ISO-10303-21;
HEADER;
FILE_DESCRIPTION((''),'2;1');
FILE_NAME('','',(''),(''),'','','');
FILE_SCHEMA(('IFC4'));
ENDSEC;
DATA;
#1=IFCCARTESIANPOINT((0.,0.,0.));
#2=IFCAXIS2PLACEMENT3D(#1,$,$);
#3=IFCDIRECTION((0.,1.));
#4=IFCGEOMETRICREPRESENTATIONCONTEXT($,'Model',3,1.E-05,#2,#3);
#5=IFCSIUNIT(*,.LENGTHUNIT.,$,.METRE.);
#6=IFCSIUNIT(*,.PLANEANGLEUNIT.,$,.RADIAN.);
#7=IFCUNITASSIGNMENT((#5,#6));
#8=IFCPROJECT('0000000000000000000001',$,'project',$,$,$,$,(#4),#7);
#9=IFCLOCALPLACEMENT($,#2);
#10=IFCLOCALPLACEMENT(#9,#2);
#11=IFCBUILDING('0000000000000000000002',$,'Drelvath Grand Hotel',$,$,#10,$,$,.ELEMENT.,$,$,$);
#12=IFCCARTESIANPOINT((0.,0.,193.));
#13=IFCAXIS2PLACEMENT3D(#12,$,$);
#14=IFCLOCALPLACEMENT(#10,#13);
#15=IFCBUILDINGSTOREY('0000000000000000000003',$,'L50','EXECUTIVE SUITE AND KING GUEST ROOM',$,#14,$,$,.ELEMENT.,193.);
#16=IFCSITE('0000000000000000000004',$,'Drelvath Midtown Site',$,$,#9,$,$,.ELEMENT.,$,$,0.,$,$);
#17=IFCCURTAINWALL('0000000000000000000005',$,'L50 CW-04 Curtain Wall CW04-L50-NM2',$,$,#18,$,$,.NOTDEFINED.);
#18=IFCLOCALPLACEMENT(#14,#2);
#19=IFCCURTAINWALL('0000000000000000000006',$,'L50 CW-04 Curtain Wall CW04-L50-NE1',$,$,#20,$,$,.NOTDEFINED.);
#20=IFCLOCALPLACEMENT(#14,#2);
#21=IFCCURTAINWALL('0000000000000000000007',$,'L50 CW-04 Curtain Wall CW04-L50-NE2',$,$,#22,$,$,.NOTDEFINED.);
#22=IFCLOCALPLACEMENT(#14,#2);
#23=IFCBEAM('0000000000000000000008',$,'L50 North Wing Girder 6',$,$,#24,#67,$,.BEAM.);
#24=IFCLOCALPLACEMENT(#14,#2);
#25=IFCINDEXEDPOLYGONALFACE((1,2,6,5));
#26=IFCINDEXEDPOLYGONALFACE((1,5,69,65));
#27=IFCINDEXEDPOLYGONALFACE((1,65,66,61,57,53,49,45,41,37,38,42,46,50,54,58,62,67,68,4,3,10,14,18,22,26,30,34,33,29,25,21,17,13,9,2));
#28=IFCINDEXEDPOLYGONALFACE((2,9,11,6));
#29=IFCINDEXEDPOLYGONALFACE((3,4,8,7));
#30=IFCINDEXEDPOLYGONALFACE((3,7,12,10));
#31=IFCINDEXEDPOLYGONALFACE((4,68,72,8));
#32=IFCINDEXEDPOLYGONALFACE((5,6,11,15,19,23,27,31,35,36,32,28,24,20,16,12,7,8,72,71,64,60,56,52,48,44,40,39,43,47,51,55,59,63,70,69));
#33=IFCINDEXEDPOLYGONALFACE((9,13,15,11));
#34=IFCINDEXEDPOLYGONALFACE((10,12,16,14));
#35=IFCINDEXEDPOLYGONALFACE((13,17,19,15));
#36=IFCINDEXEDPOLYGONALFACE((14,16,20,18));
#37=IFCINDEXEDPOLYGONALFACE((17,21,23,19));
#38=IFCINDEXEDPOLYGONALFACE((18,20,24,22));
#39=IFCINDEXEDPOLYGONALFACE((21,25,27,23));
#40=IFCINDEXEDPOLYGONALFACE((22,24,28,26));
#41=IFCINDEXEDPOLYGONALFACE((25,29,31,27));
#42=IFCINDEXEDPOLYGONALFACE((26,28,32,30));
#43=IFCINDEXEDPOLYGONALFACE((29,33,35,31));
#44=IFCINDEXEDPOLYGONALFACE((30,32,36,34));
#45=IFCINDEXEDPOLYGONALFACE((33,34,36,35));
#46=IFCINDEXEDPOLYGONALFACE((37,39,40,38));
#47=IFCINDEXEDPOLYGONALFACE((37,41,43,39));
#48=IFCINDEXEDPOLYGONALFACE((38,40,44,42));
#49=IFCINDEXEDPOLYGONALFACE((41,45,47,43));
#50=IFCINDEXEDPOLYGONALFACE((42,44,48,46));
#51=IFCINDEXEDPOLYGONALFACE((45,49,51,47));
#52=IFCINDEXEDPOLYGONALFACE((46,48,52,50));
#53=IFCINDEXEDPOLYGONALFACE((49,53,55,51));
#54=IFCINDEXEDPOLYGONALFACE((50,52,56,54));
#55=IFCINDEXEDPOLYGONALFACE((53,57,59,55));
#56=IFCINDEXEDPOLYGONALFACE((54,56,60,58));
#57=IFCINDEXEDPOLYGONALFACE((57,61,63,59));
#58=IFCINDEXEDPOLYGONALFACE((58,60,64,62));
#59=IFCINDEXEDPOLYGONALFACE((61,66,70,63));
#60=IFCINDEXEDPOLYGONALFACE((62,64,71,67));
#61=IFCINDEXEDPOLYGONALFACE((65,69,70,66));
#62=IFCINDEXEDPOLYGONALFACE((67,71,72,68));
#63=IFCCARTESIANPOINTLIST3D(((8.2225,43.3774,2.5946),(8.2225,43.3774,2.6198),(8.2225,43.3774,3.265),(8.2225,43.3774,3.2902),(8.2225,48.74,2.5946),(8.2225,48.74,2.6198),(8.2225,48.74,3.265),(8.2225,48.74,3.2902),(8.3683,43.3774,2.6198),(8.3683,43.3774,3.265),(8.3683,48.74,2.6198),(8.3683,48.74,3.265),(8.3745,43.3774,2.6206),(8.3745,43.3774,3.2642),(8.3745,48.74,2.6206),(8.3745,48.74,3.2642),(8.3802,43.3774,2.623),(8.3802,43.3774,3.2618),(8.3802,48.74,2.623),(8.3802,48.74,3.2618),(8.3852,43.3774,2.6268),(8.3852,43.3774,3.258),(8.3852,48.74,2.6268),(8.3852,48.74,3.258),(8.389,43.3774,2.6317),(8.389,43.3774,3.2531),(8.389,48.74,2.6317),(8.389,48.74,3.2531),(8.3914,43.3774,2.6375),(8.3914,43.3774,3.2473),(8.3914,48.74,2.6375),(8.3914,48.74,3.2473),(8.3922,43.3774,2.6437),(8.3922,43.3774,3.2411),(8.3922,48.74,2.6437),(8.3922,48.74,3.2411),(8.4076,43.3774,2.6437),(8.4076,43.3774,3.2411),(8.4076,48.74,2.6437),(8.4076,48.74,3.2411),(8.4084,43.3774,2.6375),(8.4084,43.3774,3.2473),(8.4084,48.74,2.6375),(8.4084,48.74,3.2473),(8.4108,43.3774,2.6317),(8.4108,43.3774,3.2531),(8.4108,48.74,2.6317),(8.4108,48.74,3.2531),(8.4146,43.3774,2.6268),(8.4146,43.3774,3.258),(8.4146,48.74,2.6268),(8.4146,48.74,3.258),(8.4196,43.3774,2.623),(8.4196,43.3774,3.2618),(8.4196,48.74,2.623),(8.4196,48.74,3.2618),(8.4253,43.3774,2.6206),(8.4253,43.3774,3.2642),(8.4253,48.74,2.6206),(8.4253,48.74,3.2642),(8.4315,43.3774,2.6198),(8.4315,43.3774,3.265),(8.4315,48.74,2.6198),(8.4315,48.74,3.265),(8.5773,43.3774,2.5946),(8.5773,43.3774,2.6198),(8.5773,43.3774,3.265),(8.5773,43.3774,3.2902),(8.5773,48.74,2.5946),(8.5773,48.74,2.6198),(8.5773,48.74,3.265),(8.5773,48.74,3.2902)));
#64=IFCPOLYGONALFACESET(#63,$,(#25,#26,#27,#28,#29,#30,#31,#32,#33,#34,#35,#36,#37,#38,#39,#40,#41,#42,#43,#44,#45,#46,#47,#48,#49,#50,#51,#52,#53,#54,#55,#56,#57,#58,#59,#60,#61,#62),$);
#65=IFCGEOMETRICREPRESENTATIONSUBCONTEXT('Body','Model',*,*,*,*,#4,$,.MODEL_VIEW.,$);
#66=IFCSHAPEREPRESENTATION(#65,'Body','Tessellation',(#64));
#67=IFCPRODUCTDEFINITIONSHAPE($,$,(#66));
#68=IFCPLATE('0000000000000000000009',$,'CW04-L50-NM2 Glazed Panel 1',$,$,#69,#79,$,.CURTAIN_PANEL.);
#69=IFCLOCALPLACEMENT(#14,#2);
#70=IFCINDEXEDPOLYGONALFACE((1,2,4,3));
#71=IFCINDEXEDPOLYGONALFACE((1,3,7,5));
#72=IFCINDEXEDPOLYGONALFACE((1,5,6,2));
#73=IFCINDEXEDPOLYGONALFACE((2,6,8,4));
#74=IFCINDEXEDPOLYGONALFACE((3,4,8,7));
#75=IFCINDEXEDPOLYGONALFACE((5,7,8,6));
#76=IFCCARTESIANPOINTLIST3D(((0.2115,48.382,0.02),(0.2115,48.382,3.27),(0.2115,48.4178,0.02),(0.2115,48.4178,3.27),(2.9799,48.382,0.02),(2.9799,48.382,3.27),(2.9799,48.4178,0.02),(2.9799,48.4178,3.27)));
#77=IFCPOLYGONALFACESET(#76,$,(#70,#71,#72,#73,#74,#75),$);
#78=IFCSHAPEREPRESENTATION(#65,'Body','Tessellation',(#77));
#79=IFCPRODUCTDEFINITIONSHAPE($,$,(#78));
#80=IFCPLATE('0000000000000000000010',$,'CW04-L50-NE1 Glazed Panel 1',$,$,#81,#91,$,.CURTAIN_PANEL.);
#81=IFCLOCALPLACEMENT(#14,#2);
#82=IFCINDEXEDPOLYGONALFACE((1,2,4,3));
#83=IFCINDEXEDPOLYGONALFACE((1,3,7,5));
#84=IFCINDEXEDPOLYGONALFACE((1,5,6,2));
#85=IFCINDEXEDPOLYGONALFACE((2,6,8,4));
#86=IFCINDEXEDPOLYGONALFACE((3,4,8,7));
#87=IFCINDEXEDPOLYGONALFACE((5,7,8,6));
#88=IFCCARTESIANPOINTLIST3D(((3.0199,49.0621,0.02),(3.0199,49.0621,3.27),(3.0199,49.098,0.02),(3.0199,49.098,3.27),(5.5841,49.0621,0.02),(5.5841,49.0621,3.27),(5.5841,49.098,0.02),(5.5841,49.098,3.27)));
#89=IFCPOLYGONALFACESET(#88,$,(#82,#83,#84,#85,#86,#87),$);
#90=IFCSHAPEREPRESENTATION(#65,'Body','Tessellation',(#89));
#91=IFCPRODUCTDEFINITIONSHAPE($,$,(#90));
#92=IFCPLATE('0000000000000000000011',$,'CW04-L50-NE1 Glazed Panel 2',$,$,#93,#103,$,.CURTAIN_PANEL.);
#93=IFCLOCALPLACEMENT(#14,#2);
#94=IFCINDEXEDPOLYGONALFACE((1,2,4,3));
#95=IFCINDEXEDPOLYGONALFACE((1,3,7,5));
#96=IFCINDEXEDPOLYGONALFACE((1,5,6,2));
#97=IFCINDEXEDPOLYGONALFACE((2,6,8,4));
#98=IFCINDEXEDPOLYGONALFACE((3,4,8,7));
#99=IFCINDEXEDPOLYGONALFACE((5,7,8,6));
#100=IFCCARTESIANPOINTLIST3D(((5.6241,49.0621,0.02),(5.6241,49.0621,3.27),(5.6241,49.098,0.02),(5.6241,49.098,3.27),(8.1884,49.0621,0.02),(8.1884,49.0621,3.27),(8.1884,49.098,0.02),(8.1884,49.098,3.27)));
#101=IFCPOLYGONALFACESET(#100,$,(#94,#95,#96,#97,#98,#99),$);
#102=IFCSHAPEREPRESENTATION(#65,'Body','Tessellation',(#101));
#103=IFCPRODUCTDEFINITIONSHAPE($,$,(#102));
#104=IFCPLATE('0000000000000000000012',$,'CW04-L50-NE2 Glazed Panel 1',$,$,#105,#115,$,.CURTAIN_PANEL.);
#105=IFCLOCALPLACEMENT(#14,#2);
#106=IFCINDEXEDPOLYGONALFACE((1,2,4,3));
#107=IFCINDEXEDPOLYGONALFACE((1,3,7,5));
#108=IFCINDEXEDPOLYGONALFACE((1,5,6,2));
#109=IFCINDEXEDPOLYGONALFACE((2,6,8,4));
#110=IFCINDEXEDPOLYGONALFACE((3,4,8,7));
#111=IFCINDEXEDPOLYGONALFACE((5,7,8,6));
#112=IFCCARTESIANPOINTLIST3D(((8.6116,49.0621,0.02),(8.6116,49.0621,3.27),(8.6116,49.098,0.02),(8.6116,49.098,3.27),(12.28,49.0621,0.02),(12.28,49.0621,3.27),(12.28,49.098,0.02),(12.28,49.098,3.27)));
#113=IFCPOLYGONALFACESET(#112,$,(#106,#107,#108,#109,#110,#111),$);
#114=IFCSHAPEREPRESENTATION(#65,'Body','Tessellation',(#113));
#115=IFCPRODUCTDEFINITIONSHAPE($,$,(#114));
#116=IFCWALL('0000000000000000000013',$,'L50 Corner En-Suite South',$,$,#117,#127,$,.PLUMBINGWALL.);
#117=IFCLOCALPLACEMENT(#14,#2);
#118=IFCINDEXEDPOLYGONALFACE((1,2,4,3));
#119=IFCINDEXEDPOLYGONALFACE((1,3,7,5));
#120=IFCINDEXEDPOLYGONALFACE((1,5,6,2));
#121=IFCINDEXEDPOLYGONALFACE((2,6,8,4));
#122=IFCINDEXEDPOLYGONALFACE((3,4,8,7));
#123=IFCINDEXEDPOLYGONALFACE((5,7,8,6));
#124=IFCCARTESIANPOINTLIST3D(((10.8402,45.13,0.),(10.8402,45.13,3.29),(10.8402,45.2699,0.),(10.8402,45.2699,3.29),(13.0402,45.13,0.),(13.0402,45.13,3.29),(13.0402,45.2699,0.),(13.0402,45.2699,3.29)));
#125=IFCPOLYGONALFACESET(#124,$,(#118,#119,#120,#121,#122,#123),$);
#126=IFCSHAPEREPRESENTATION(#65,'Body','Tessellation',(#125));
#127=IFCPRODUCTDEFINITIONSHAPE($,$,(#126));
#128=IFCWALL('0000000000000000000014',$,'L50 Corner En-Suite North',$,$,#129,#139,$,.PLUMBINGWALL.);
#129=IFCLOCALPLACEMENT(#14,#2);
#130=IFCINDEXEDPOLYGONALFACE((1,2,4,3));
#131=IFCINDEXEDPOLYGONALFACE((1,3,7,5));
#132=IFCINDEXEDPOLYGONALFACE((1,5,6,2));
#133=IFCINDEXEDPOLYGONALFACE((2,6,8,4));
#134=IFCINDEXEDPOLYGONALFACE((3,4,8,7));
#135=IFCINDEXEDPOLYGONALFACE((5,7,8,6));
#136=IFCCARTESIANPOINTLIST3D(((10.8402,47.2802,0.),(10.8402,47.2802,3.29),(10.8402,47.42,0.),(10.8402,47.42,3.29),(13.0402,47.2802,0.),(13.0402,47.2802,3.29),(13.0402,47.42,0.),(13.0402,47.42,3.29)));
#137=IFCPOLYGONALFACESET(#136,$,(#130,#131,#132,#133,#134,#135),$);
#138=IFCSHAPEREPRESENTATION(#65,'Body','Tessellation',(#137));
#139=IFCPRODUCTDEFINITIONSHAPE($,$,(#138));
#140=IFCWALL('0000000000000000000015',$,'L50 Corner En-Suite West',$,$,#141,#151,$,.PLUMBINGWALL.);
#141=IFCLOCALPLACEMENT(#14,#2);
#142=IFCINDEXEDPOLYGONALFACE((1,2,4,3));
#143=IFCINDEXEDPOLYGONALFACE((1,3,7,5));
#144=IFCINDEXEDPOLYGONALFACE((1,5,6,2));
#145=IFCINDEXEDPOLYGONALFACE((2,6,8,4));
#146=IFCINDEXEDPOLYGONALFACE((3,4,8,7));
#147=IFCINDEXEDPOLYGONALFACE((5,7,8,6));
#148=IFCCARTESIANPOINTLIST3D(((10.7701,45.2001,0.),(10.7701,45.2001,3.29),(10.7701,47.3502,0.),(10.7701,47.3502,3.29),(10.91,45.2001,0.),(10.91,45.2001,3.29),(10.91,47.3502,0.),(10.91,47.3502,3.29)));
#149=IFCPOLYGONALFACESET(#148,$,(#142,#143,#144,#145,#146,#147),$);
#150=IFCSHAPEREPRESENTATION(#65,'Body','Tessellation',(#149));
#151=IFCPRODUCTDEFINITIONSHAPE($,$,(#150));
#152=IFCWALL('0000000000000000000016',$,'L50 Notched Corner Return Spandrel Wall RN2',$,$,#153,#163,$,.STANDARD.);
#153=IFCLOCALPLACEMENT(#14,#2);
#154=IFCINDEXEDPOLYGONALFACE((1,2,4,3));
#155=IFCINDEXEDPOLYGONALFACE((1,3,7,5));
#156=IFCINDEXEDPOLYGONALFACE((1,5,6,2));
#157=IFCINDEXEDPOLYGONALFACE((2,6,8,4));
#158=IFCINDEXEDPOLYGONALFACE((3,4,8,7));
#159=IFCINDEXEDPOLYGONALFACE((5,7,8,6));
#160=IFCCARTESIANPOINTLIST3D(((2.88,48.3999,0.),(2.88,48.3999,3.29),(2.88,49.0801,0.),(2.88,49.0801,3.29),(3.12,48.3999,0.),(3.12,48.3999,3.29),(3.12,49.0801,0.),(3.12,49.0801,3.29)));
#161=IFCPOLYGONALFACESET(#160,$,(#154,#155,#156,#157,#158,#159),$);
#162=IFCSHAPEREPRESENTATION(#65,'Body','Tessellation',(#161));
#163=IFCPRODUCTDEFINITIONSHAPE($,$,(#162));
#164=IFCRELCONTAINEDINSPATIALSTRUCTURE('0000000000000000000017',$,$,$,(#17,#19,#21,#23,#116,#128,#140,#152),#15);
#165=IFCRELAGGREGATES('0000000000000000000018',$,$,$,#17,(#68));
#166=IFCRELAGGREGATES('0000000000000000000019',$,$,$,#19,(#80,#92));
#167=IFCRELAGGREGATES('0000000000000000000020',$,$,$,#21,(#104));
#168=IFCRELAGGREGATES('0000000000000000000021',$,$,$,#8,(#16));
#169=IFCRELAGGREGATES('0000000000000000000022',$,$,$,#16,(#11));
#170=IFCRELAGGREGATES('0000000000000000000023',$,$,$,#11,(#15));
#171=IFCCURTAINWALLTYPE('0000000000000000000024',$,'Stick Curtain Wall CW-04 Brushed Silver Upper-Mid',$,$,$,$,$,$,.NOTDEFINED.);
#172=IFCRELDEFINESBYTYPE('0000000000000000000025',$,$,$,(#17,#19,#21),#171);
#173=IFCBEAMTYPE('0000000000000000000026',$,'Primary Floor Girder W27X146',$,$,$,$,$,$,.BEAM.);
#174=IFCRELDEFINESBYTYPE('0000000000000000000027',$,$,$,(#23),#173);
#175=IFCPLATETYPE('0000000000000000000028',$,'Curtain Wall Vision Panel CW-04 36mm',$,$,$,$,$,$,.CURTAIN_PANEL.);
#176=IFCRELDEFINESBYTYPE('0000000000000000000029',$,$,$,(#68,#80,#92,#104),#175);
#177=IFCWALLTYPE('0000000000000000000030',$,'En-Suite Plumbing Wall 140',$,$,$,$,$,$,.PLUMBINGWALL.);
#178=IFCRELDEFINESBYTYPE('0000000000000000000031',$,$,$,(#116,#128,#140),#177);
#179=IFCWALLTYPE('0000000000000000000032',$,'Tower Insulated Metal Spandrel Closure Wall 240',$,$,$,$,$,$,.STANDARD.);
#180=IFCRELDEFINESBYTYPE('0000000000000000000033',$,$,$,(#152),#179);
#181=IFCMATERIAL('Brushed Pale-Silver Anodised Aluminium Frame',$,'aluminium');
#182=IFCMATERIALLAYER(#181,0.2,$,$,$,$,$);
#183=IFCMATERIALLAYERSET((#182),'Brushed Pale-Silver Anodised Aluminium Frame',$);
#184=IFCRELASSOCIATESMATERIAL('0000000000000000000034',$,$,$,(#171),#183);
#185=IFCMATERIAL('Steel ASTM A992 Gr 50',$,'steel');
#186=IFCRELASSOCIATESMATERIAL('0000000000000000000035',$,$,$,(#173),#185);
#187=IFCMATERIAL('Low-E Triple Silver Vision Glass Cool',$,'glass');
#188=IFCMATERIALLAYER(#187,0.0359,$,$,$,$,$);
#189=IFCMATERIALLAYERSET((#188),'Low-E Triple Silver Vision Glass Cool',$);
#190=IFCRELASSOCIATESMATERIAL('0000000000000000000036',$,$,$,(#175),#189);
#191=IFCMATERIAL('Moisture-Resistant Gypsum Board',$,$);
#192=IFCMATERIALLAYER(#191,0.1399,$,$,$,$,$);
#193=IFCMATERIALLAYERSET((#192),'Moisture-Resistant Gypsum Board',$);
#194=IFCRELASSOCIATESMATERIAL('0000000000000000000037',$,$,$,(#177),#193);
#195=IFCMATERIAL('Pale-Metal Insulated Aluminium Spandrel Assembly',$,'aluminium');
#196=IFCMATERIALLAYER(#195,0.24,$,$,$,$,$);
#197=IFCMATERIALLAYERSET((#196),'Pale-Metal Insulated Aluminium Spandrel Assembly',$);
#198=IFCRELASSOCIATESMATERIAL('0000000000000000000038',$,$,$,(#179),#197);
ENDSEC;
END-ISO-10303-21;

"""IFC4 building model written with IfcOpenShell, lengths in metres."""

from ifc_helpers import new_model, si_unit, direction, frame, frame_2d, origin, origin_2d, place, context, subcontext, project, spatial, rectangle, i_section, extrude, material, layer, layer_set, material_profile, profile_set, type_object, element, aggregate, save


model = new_model("IFC4")

# Units and contexts
model_context = context("Model", 3, precision=1e-05, world=origin(), true_north=direction((0.0, 1.0)))
body_context = subcontext(model_context, "Body", "Model", "MODEL_VIEW")
ifc_project = project(units=[si_unit("LENGTHUNIT", "METRE"), si_unit("PLANEANGLEUNIT", "RADIAN")], contexts=[model_context])

# Site, building, storey
site_placement = place(None, origin())
site = spatial("IfcSite", under=ifc_project, at=site_placement, Name="Drelvath Midtown Site", CompositionType="ELEMENT", RefElevation=0.0)
building_placement = place(site_placement, origin())
building = spatial("IfcBuilding", under=site, at=building_placement, Name="Drelvath Grand Hotel", CompositionType="ELEMENT")
storey_placement = place(building_placement, frame((0.0, 0.0, 193.0)))
storey = spatial("IfcBuildingStorey", under=building, at=storey_placement, Name="L50", Description="EXECUTIVE SUITE AND KING GUEST ROOM", CompositionType="ELEMENT", Elevation=193.0)

# Curtain walls
ifc_material_1 = material(Name="Brushed Pale-Silver Anodised Aluminium Frame", Category="aluminium")
ifc_layer_1 = layer(ifc_material_1, 0.2)
ifc_layer_set_1 = layer_set([ifc_layer_1], Name="Brushed Pale-Silver Anodised Aluminium Frame")
curtain_wall_type = type_object("IfcCurtainWallType", Name="Stick Curtain Wall CW-04 Brushed Silver Upper-Mid", PredefinedType="NOTDEFINED", material=ifc_layer_set_1)
curtain_wall_1_placement = place(storey_placement, origin())
curtain_wall_1 = element("IfcCurtainWall", 1, at=curtain_wall_1_placement, inside=storey, type_object=curtain_wall_type, Name="L50 CW-04 Curtain Wall CW04-L50-NM2", PredefinedType="NOTDEFINED")
curtain_wall_2_placement = place(storey_placement, origin())
curtain_wall_2 = element("IfcCurtainWall", 2, at=curtain_wall_2_placement, inside=storey, type_object=curtain_wall_type, Name="L50 CW-04 Curtain Wall CW04-L50-NE1", PredefinedType="NOTDEFINED")
curtain_wall_3_placement = place(storey_placement, origin())
curtain_wall_3 = element("IfcCurtainWall", 3, at=curtain_wall_3_placement, inside=storey, type_object=curtain_wall_type, Name="L50 CW-04 Curtain Wall CW04-L50-NE2", PredefinedType="NOTDEFINED")

# Beam
ifc_material_2 = material(Name="Steel ASTM A992 Gr 50", Category="steel")
ifc_material_profile_1 = material_profile(ifc_material_2, i_section(OverallWidth=0.3547, OverallDepth=0.6956, WebThickness=0.0154, FlangeThickness=0.0251, FilletRadius=0.0239, at=origin_2d()), Name="W27X146")
ifc_profile_set_1 = profile_set([ifc_material_profile_1], Name="Steel ASTM A992 Gr 50")
beam_type_1 = type_object("IfcBeamType", Name="Primary Floor Girder W27X146", PredefinedType="BEAM", material=ifc_profile_set_1)
beam_1_placement = place(storey_placement, frame((8.3999, 43.3774, 2.9424), z_axis=(0.0, 1.0, 0.0), x_axis=(-1.0, 0.0, 0.0)))
element("IfcBeam", 4, at=beam_1_placement, inside=storey, type_object=beam_type_1, Name="L50 North Wing Girder 6", PredefinedType="BEAM", context=body_context, shape_type="SweptSolid", body=[
    extrude(i_section(OverallWidth=0.3547, OverallDepth=0.6956, WebThickness=0.0154, FlangeThickness=0.0251, FilletRadius=0.0239, at=origin_2d()), origin(), (0.0, 0.0, 1.0), 5.3625),
])

# Plates
ifc_material_3 = material(Name="Low-E Triple Silver Vision Glass Cool", Category="glass")
ifc_layer_2 = layer(ifc_material_3, 0.0359)
ifc_layer_set_2 = layer_set([ifc_layer_2], Name="Low-E Triple Silver Vision Glass Cool")
plate_type = type_object("IfcPlateType", Name="Curtain Wall Vision Panel CW-04 36mm", PredefinedType="CURTAIN_PANEL", material=ifc_layer_set_2)
plate_1_placement = place(storey_placement, frame((1.5957, 48.3999, 0.02), z_axis=(0.0, 0.0, 1.0), x_axis=(1.0, 0.0, 0.0)))
plate_1 = element("IfcPlate", 5, at=plate_1_placement, type_object=plate_type, Name="CW04-L50-NM2 Glazed Panel 1", PredefinedType="CURTAIN_PANEL", context=body_context, shape_type="SweptSolid", body=[
    extrude(rectangle(XDim=2.7683, YDim=0.0359, at=origin_2d()), origin(), (0.0, 0.0, 1.0), 3.25),
])
aggregate(curtain_wall_1, [plate_1])
plate_2_placement = place(storey_placement, frame((4.302, 49.0801, 0.02), z_axis=(0.0, 0.0, 1.0), x_axis=(1.0, 0.0, 0.0)))
plate_2 = element("IfcPlate", 6, at=plate_2_placement, type_object=plate_type, Name="CW04-L50-NE1 Glazed Panel 1", PredefinedType="CURTAIN_PANEL", context=body_context, shape_type="SweptSolid", body=[
    extrude(rectangle(XDim=2.5642, YDim=0.0359, at=origin_2d()), origin(), (0.0, 0.0, 1.0), 3.25),
])
plate_3_placement = place(storey_placement, frame((6.9062, 49.0801, 0.02), z_axis=(0.0, 0.0, 1.0), x_axis=(1.0, 0.0, 0.0)))
plate_3 = element("IfcPlate", 7, at=plate_3_placement, type_object=plate_type, Name="CW04-L50-NE1 Glazed Panel 2", PredefinedType="CURTAIN_PANEL", context=body_context, shape_type="SweptSolid", body=[
    extrude(rectangle(XDim=2.5642, YDim=0.0359, at=origin_2d()), origin(), (0.0, 0.0, 1.0), 3.25),
])
aggregate(curtain_wall_2, [plate_2, plate_3])
plate_4_placement = place(storey_placement, frame((10.4458, 49.0801, 0.02), z_axis=(0.0, 0.0, 1.0), x_axis=(1.0, 0.0, 0.0)))
plate_4 = element("IfcPlate", 8, at=plate_4_placement, type_object=plate_type, Name="CW04-L50-NE2 Glazed Panel 1", PredefinedType="CURTAIN_PANEL", context=body_context, shape_type="SweptSolid", body=[
    extrude(rectangle(XDim=3.6685, YDim=0.0359, at=origin_2d()), origin(), (0.0, 0.0, 1.0), 3.25),
])
aggregate(curtain_wall_3, [plate_4])

# Walls
ifc_material_4 = material(Name="Moisture-Resistant Gypsum Board")
ifc_layer_3 = layer(ifc_material_4, 0.1399)
ifc_layer_set_3 = layer_set([ifc_layer_3], Name="Moisture-Resistant Gypsum Board")
wall_type_1 = type_object("IfcWallType", Name="En-Suite Plumbing Wall 140", PredefinedType="PLUMBINGWALL", material=ifc_layer_set_3)
for number, where, z_axis, x_axis, name in (
    (9, (10.8401, 45.2, 0.0), (0.0, 0.0, 1.0), (1.0, 0.0, 0.0), "L50 Corner En-Suite South"),
    (10, (10.8401, 47.3501, 0.0), (0.0, 0.0, 1.0), (1.0, 0.0, 0.0), "L50 Corner En-Suite North"),
):
    element("IfcWall", number, at=place(storey_placement, frame(where, z_axis=z_axis, x_axis=x_axis)), inside=storey, type_object=wall_type_1, Name=name, PredefinedType="PLUMBINGWALL", context=body_context, shape_type="SweptSolid", body=[
        extrude(rectangle(XDim=2.2, YDim=0.1399, at=frame_2d((1.1001, 0.0))), origin(), (0.0, 0.0, 1.0), 3.29),
    ])
wall_1_placement = place(storey_placement, frame((10.8401, 45.2, 0.0), z_axis=(0.0, 0.0, 1.0), x_axis=(0.0, 1.0, 0.0)))
element("IfcWall", 11, at=wall_1_placement, inside=storey, type_object=wall_type_1, Name="L50 Corner En-Suite West", PredefinedType="PLUMBINGWALL", context=body_context, shape_type="SweptSolid", body=[
    extrude(rectangle(XDim=2.1501, YDim=0.1399, at=frame_2d((1.0752, 0.0))), origin(), (0.0, 0.0, 1.0), 3.29),
])
ifc_material_5 = material(Name="Pale-Metal Insulated Aluminium Spandrel Assembly", Category="aluminium")
ifc_layer_4 = layer(ifc_material_5, 0.24)
ifc_layer_set_4 = layer_set([ifc_layer_4], Name="Pale-Metal Insulated Aluminium Spandrel Assembly")
wall_type_2 = type_object("IfcWallType", Name="Tower Insulated Metal Spandrel Closure Wall 240", PredefinedType="STANDARD", material=ifc_layer_set_4)
wall_2_placement = place(storey_placement, frame((3.0, 48.3999, 0.0), z_axis=(0.0, 0.0, 1.0), x_axis=(0.0, 1.0, 0.0)))
element("IfcWall", 12, at=wall_2_placement, inside=storey, type_object=wall_type_2, Name="L50 Notched Corner Return Spandrel Wall RN2", PredefinedType="STANDARD", context=body_context, shape_type="SweptSolid", body=[
    extrude(rectangle(XDim=0.6802, YDim=0.24, at=frame_2d((0.3401, 0.0))), origin(), (0.0, 0.0, 1.0), 3.29),
])

save(model, "model.ifc")
